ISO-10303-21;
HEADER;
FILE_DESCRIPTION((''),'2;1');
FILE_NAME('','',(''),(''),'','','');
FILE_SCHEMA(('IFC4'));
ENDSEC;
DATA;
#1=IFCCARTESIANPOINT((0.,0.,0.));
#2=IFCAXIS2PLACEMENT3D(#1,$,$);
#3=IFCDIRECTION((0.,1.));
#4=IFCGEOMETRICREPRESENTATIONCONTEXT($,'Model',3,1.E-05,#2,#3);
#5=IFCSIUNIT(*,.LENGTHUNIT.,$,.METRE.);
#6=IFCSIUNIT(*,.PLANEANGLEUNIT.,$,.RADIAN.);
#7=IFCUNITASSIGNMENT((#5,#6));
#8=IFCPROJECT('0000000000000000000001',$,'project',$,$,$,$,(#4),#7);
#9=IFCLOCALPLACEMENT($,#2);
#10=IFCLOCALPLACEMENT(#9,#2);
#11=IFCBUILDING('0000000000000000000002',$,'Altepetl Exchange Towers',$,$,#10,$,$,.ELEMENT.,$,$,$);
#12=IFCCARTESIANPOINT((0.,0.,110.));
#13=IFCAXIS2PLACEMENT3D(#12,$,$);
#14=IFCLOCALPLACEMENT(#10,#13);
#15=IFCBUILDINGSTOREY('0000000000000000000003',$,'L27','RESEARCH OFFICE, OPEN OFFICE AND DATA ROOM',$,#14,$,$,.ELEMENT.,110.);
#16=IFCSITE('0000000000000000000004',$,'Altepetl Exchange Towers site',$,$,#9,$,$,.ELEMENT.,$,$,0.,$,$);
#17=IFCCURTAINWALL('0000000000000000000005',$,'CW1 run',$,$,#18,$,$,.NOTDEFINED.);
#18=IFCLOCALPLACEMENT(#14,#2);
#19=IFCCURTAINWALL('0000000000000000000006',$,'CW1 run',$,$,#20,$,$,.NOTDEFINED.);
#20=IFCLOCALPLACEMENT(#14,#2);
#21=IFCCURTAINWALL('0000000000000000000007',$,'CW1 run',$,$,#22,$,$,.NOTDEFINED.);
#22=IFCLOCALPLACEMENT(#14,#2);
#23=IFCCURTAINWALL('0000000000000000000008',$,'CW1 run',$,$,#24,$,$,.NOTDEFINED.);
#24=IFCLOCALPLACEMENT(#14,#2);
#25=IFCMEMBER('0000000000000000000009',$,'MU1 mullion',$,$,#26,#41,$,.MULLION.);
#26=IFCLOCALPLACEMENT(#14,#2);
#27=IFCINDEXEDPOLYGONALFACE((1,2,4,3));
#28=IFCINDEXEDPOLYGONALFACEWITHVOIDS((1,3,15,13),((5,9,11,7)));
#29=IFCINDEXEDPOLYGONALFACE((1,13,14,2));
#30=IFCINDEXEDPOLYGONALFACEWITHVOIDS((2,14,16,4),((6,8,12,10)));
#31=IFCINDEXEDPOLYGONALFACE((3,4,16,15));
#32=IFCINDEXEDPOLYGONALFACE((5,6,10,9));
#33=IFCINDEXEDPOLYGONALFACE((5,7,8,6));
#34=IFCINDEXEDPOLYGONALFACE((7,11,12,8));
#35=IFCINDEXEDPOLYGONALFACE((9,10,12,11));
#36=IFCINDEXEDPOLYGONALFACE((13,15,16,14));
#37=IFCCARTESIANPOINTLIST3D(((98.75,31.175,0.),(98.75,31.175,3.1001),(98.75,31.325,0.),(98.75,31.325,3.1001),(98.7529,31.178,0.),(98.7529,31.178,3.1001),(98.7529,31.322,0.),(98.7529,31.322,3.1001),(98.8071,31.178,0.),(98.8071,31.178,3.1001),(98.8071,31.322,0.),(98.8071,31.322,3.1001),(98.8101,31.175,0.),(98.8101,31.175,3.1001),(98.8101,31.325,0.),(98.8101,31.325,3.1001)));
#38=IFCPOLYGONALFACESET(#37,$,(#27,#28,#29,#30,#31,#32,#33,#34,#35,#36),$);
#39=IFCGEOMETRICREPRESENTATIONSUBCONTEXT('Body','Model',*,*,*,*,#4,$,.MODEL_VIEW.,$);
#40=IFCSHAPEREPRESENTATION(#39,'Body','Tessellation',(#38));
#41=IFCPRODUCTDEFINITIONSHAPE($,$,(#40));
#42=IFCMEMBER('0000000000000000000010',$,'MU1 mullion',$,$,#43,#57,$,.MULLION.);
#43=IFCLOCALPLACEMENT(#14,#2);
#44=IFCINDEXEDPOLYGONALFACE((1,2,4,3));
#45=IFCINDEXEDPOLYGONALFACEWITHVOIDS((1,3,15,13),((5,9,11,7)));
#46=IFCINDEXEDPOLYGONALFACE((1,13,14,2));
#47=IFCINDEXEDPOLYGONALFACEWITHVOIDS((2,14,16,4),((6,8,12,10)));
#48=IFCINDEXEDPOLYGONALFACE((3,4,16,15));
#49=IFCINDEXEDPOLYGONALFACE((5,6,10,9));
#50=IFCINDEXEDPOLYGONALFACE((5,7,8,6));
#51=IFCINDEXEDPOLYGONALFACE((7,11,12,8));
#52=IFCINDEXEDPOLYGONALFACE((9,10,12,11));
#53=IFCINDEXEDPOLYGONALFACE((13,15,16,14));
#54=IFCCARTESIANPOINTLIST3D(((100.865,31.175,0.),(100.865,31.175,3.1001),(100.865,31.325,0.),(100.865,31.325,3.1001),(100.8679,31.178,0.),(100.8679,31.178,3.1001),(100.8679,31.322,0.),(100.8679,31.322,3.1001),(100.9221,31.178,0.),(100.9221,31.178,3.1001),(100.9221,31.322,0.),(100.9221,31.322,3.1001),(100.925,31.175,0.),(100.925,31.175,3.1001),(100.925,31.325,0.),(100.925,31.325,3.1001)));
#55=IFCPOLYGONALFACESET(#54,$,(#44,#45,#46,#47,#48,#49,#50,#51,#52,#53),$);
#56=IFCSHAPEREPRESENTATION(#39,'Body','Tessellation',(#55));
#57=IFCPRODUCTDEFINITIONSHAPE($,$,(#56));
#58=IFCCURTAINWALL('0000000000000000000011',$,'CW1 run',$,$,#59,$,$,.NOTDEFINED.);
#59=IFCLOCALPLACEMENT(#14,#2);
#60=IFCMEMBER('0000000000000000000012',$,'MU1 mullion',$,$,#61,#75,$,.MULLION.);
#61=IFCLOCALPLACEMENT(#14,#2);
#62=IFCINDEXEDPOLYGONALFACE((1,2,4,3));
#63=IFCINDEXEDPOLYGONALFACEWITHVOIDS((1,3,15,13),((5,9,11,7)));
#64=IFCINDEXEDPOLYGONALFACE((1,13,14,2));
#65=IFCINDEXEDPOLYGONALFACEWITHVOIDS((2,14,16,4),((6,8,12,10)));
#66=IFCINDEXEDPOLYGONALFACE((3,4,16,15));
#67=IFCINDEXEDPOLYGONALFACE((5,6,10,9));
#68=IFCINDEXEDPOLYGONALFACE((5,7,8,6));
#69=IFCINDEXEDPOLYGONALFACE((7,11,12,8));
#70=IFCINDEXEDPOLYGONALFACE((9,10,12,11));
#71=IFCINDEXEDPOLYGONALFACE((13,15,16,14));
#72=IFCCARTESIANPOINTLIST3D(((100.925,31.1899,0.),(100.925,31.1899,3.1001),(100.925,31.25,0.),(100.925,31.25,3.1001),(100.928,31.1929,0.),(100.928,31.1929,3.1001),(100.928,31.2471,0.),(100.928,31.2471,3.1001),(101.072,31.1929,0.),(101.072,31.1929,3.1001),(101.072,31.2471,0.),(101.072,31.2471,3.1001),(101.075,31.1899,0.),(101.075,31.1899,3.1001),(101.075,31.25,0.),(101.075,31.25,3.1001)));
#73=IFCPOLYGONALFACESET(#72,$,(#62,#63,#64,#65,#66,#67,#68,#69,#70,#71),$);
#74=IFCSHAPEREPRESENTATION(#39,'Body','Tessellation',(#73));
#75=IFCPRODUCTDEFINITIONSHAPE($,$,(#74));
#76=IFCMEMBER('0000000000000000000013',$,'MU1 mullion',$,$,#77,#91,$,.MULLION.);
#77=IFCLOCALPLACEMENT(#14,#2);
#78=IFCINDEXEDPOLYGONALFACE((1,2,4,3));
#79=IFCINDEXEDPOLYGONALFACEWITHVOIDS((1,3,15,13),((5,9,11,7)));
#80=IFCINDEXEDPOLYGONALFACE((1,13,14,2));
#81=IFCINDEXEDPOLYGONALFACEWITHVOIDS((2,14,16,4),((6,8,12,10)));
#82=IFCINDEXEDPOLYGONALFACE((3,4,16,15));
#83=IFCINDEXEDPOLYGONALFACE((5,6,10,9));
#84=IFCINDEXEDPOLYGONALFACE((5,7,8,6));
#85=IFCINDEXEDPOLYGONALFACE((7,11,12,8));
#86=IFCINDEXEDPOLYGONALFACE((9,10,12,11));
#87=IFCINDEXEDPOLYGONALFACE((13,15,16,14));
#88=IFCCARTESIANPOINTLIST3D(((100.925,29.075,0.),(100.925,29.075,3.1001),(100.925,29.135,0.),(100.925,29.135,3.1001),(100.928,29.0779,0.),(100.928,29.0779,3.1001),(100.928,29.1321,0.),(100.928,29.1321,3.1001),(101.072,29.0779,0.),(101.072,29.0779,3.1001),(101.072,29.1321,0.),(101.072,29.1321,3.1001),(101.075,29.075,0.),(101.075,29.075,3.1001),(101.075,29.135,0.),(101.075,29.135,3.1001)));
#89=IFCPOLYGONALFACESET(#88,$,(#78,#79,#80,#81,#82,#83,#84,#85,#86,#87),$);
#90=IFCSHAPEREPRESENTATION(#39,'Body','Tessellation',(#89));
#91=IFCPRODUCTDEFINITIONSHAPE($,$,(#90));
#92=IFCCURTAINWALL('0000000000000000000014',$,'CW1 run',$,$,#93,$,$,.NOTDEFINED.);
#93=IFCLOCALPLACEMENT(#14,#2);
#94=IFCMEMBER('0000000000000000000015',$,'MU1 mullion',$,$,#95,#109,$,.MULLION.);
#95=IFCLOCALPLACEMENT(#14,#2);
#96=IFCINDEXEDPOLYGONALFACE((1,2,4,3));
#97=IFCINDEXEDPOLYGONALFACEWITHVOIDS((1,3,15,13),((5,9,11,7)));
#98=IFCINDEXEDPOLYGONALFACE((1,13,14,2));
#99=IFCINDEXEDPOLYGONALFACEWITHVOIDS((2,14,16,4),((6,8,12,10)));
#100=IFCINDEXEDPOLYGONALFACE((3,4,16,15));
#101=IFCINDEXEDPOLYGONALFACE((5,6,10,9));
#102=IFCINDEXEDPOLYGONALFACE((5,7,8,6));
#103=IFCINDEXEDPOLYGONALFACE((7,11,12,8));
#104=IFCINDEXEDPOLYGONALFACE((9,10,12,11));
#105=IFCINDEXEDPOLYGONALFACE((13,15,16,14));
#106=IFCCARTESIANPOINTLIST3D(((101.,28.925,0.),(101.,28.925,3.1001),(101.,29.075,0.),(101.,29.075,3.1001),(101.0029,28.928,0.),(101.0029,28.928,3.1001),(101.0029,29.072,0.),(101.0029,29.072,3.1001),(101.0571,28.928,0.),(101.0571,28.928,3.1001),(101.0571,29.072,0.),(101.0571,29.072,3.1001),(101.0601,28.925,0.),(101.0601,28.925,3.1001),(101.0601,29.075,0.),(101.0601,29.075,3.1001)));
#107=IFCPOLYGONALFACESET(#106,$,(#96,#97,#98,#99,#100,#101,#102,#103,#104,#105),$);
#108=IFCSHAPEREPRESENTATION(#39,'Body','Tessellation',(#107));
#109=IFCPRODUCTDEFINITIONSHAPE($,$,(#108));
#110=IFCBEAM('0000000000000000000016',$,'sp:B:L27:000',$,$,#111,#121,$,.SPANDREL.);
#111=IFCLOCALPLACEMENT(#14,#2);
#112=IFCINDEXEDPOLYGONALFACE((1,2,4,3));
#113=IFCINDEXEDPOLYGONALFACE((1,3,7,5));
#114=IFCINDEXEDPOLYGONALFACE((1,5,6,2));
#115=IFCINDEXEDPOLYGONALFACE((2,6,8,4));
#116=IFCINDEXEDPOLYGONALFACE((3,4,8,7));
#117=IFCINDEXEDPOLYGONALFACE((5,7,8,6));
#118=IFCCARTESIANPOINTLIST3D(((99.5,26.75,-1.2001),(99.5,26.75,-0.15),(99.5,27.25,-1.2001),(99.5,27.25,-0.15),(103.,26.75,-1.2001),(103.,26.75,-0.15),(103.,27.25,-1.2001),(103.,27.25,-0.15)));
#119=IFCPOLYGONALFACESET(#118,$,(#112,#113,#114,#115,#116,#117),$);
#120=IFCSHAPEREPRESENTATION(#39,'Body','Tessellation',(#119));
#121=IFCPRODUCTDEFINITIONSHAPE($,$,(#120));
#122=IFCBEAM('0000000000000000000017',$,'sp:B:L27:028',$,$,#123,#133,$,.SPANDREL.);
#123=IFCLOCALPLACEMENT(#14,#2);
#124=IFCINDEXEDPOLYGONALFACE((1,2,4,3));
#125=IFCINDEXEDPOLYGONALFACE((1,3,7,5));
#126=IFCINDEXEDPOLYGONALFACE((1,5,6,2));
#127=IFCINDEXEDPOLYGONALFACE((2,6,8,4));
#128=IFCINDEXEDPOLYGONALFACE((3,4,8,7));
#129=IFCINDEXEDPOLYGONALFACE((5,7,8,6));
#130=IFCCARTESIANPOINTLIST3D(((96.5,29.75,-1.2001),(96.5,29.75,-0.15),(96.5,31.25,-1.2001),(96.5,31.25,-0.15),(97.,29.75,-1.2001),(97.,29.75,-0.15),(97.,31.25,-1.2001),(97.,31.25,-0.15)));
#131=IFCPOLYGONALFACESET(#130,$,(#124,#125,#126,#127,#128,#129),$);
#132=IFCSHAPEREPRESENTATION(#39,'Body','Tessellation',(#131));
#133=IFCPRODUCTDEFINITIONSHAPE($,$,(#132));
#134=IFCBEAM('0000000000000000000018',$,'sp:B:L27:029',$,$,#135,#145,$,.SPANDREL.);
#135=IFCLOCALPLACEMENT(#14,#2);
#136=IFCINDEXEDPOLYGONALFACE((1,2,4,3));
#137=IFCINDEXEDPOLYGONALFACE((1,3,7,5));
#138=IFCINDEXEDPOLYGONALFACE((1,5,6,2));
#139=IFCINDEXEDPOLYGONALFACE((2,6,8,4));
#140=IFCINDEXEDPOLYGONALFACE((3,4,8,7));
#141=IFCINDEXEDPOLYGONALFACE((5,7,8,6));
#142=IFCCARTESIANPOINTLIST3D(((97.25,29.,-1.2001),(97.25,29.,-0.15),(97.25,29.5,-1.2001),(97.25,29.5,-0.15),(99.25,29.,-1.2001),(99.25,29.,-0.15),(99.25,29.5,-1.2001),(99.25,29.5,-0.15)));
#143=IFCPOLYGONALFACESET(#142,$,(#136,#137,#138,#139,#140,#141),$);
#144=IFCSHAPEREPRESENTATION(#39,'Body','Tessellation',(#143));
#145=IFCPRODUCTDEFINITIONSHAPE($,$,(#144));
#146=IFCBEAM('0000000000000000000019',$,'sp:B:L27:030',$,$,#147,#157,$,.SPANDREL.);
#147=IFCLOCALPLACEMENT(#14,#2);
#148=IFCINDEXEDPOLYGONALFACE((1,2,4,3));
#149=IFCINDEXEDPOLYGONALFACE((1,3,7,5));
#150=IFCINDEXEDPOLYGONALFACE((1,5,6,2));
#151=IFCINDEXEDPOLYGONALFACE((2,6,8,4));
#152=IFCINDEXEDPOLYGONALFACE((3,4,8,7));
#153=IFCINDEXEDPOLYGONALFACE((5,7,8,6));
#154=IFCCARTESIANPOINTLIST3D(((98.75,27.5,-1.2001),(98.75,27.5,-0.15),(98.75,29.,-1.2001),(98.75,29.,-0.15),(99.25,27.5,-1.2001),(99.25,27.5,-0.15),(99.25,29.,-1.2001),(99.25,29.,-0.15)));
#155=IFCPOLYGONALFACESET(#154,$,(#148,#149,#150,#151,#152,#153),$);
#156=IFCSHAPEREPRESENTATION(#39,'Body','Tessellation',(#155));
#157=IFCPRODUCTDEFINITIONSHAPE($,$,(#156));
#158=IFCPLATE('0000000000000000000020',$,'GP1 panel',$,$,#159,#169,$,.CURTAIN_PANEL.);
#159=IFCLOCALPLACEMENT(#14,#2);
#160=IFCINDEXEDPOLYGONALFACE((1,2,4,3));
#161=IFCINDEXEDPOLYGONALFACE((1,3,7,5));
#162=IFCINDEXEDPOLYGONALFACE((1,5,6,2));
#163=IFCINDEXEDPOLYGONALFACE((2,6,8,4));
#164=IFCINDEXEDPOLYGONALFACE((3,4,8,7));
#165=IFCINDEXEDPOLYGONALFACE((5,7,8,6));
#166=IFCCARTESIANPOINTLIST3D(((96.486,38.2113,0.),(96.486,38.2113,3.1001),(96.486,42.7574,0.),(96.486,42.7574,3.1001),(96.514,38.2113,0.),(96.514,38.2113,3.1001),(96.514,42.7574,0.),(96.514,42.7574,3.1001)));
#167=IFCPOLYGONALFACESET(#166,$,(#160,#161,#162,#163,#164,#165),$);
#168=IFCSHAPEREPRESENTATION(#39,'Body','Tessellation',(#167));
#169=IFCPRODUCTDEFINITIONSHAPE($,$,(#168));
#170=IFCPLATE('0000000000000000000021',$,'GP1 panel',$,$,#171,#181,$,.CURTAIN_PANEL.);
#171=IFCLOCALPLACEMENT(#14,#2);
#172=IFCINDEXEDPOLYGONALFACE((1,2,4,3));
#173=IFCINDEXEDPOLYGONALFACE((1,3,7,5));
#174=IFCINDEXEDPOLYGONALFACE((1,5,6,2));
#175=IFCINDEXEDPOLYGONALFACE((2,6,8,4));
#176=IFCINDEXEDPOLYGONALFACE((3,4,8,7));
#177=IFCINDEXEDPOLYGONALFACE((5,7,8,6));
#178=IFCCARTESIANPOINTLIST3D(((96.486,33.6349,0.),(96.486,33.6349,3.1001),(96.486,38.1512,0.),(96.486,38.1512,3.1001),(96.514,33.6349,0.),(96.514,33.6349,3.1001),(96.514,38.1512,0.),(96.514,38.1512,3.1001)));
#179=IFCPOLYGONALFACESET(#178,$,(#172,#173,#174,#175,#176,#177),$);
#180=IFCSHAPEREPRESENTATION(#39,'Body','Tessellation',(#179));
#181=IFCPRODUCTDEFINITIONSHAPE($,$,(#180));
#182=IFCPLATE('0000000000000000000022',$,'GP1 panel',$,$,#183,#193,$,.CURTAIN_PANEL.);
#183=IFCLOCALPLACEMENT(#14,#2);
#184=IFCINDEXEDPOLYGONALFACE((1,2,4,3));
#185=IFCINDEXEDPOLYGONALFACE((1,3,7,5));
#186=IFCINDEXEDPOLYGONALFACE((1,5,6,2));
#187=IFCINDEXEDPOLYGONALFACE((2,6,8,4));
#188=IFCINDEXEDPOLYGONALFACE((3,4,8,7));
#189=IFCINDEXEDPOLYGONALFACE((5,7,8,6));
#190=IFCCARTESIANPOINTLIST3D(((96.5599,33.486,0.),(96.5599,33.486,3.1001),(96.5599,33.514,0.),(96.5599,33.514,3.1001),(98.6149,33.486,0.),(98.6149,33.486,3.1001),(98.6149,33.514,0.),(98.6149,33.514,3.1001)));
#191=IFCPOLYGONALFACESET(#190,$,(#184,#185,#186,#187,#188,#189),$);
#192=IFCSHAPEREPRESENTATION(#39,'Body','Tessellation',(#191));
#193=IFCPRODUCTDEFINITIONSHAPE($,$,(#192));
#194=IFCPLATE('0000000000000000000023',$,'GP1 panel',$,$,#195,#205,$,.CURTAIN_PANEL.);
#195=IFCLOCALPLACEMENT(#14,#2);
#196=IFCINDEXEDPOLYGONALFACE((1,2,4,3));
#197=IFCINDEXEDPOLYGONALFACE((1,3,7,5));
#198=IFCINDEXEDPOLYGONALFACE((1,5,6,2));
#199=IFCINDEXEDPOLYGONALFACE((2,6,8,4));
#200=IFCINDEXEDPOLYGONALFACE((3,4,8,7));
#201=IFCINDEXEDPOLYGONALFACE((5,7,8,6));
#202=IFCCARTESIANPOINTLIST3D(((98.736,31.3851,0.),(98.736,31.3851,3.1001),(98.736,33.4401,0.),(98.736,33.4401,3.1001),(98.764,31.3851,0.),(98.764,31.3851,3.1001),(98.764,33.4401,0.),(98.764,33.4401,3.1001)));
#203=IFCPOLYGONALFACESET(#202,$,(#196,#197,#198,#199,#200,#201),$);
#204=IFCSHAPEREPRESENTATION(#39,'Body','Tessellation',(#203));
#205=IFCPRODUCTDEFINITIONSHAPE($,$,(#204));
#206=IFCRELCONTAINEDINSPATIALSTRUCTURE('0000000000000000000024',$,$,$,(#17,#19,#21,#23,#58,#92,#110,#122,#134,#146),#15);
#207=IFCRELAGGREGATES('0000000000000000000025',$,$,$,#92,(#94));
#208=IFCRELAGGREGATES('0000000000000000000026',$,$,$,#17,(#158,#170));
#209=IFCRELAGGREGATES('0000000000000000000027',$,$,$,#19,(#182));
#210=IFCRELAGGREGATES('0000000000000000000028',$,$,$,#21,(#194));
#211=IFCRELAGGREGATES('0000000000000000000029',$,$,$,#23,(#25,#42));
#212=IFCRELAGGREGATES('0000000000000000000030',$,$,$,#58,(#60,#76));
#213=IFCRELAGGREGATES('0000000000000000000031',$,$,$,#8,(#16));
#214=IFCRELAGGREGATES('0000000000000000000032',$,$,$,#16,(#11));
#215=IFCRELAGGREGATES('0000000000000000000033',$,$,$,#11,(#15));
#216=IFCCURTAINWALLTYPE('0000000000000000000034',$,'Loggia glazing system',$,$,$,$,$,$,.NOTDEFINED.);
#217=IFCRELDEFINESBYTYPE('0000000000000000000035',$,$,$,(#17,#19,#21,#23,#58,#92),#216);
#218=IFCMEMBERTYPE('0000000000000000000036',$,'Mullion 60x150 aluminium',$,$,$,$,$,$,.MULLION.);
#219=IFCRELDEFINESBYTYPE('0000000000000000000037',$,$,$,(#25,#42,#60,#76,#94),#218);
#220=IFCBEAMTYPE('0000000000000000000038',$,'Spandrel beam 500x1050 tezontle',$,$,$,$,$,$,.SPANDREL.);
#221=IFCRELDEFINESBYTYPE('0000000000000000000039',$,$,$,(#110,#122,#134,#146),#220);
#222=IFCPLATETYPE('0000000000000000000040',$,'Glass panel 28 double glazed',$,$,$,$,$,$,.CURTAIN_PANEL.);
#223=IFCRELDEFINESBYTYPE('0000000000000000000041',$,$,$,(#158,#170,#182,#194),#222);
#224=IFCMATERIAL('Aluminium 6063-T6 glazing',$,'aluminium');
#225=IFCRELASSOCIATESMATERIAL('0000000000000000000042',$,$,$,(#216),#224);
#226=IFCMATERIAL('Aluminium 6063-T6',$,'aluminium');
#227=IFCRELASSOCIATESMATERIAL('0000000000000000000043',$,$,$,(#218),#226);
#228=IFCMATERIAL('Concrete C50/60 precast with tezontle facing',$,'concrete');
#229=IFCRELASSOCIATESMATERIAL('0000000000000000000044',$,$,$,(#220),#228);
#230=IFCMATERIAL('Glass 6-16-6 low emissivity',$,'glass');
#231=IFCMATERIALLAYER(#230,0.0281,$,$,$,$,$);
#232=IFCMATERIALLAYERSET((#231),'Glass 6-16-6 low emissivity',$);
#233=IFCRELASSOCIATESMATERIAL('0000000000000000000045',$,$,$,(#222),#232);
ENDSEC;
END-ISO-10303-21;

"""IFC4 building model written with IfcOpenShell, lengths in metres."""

from ifc_helpers import new_model, si_unit, direction, frame, origin, origin_2d, place, context, subcontext, project, spatial, rectangle, hollow_rectangle, extrude, material, layer, layer_set, material_profile, profile_set, type_object, element, aggregate, save


model = new_model("IFC4")

# Units and contexts
model_context = context("Model", 3, precision=1e-05, world=origin(), true_north=direction((0.0, 1.0)))
body_context = subcontext(model_context, "Body", "Model", "MODEL_VIEW")
ifc_project = project(units=[si_unit("LENGTHUNIT", "METRE"), si_unit("PLANEANGLEUNIT", "RADIAN")], contexts=[model_context])

# Site, building, storey
site_placement = place(None, origin())
site = spatial("IfcSite", under=ifc_project, at=site_placement, Name="Altepetl Exchange Towers site", CompositionType="ELEMENT", RefElevation=0.0)
building_placement = place(site_placement, origin())
building = spatial("IfcBuilding", under=site, at=building_placement, Name="Altepetl Exchange Towers", CompositionType="ELEMENT")
storey_placement = place(building_placement, frame((0.0, 0.0, 110.0)))
storey = spatial("IfcBuildingStorey", under=building, at=storey_placement, Name="L27", Description="RESEARCH OFFICE, OPEN OFFICE AND DATA ROOM", CompositionType="ELEMENT", Elevation=110.0)

# Curtain walls, members
ifc_material_1 = material(Name="Aluminium 6063-T6 glazing", Category="aluminium")
curtain_wall_type = type_object("IfcCurtainWallType", Name="Loggia glazing system", PredefinedType="NOTDEFINED", material=ifc_material_1)
curtain_wall_1_placement = place(storey_placement, origin())
curtain_wall_1 = element("IfcCurtainWall", 1, at=curtain_wall_1_placement, inside=storey, type_object=curtain_wall_type, Name="CW1 run", PredefinedType="NOTDEFINED")
ifc_material_2 = material(Name="Aluminium 6063-T6", Category="aluminium")
ifc_material_profile_1 = material_profile(ifc_material_2, hollow_rectangle(XDim=0.0601, YDim=0.1499, WallThickness=0.0029, at=origin_2d()), Name="Mullion 60x150 aluminium")
ifc_profile_set_1 = profile_set([ifc_material_profile_1], Name="Aluminium 6063-T6")
member_type = type_object("IfcMemberType", Name="Mullion 60x150 aluminium", PredefinedType="MULLION", material=ifc_profile_set_1)
curtain_wall_2_placement = place(storey_placement, origin())
curtain_wall_2 = element("IfcCurtainWall", 2, at=curtain_wall_2_placement, inside=storey, type_object=curtain_wall_type, Name="CW1 run", PredefinedType="NOTDEFINED")
curtain_wall_3_placement = place(storey_placement, origin())
curtain_wall_3 = element("IfcCurtainWall", 3, at=curtain_wall_3_placement, inside=storey, type_object=curtain_wall_type, Name="CW1 run", PredefinedType="NOTDEFINED")
curtain_wall_4_placement = place(storey_placement, origin())
curtain_wall_4 = element("IfcCurtainWall", 4, at=curtain_wall_4_placement, inside=storey, type_object=curtain_wall_type, Name="CW1 run", PredefinedType="NOTDEFINED")
member_1_placement = place(storey_placement, frame((98.78, 31.25, 0.0)))
member_1 = element("IfcMember", 5, at=member_1_placement, type_object=member_type, Name="MU1 mullion", PredefinedType="MULLION", context=body_context, shape_type="SweptSolid", body=[
    extrude(hollow_rectangle(XDim=0.0601, YDim=0.1499, WallThickness=0.0029, at=origin_2d()), origin(), (0.0, 0.0, 1.0), 3.1001),
])
member_2_placement = place(storey_placement, frame((100.895, 31.25, 0.0)))
member_2 = element("IfcMember", 6, at=member_2_placement, type_object=member_type, Name="MU1 mullion", PredefinedType="MULLION", context=body_context, shape_type="SweptSolid", body=[
    extrude(hollow_rectangle(XDim=0.0601, YDim=0.1499, WallThickness=0.0029, at=origin_2d()), origin(), (0.0, 0.0, 1.0), 3.1001),
])
curtain_wall_5_placement = place(storey_placement, origin())
curtain_wall_5 = element("IfcCurtainWall", 7, at=curtain_wall_5_placement, inside=storey, type_object=curtain_wall_type, Name="CW1 run", PredefinedType="NOTDEFINED")
member_3_placement = place(storey_placement, frame((101.0, 31.22, 0.0), z_axis=(0.0, 0.0, 1.0), x_axis=(0.0, -1.0, 0.0)))
member_3 = element("IfcMember", 8, at=member_3_placement, type_object=member_type, Name="MU1 mullion", PredefinedType="MULLION", context=body_context, shape_type="SweptSolid", body=[
    extrude(hollow_rectangle(XDim=0.0601, YDim=0.1499, WallThickness=0.0029, at=origin_2d()), origin(), (0.0, 0.0, 1.0), 3.1001),
])
member_4_placement = place(storey_placement, frame((101.0, 29.105, 0.0), z_axis=(0.0, 0.0, 1.0), x_axis=(0.0, -1.0, 0.0)))
member_4 = element("IfcMember", 9, at=member_4_placement, type_object=member_type, Name="MU1 mullion", PredefinedType="MULLION", context=body_context, shape_type="SweptSolid", body=[
    extrude(hollow_rectangle(XDim=0.0601, YDim=0.1499, WallThickness=0.0029, at=origin_2d()), origin(), (0.0, 0.0, 1.0), 3.1001),
])

# Curtain wall, member
curtain_wall_6_placement = place(storey_placement, origin())
curtain_wall_6 = element("IfcCurtainWall", 10, at=curtain_wall_6_placement, inside=storey, type_object=curtain_wall_type, Name="CW1 run", PredefinedType="NOTDEFINED")
member_5_placement = place(storey_placement, frame((101.03, 29.0, 0.0)))
member_5 = element("IfcMember", 11, at=member_5_placement, type_object=member_type, Name="MU1 mullion", PredefinedType="MULLION", context=body_context, shape_type="SweptSolid", body=[
    extrude(hollow_rectangle(XDim=0.0601, YDim=0.1499, WallThickness=0.0029, at=origin_2d()), origin(), (0.0, 0.0, 1.0), 3.1001),
])
aggregate(curtain_wall_6, [member_5])

# Beams
ifc_material_3 = material(Name="Concrete C50/60 precast with tezontle facing", Category="concrete")
ifc_material_profile_2 = material_profile(ifc_material_3, rectangle(XDim=0.5, YDim=1.05, at=origin_2d()), Name="500 x 1050")
ifc_profile_set_2 = profile_set([ifc_material_profile_2], Name="Concrete C50/60 precast with tezontle facing")
beam_type_1 = type_object("IfcBeamType", Name="Spandrel beam 500x1050 tezontle", PredefinedType="SPANDREL", material=ifc_profile_set_2)
beam_1_placement = place(storey_placement, frame((99.5, 27.0, -0.675), z_axis=(1.0, 0.0, 0.0), x_axis=(0.0, 1.0, 0.0)))
element("IfcBeam", 12, at=beam_1_placement, inside=storey, type_object=beam_type_1, Name="sp:B:L27:000", PredefinedType="SPANDREL", context=body_context, shape_type="SweptSolid", body=[
    extrude(rectangle(XDim=0.5, YDim=1.05, at=origin_2d()), origin(), (0.0, 0.0, 1.0), 3.5),
])
beam_2_placement = place(storey_placement, frame((96.75, 31.25, -0.675), z_axis=(0.0, -1.0, 0.0), x_axis=(1.0, 0.0, 0.0)))
element("IfcBeam", 13, at=beam_2_placement, inside=storey, type_object=beam_type_1, Name="sp:B:L27:028", PredefinedType="SPANDREL", context=body_context, shape_type="SweptSolid", body=[
    extrude(rectangle(XDim=0.5, YDim=1.05, at=origin_2d()), origin(), (0.0, 0.0, 1.0), 1.5),
])
beam_3_placement = place(storey_placement, frame((97.25, 29.25, -0.675), z_axis=(1.0, 0.0, 0.0), x_axis=(0.0, 1.0, 0.0)))
element("IfcBeam", 14, at=beam_3_placement, inside=storey, type_object=beam_type_1, Name="sp:B:L27:029", PredefinedType="SPANDREL", context=body_context, shape_type="SweptSolid", body=[
    extrude(rectangle(XDim=0.5, YDim=1.05, at=origin_2d()), origin(), (0.0, 0.0, 1.0), 2.0),
])
beam_4_placement = place(storey_placement, frame((99.0, 29.0, -0.675), z_axis=(0.0, -1.0, 0.0), x_axis=(1.0, 0.0, 0.0)))
element("IfcBeam", 15, at=beam_4_placement, inside=storey, type_object=beam_type_1, Name="sp:B:L27:030", PredefinedType="SPANDREL", context=body_context, shape_type="SweptSolid", body=[
    extrude(rectangle(XDim=0.5, YDim=1.05, at=origin_2d()), origin(), (0.0, 0.0, 1.0), 1.5),
])

# Plates
ifc_material_4 = material(Name="Glass 6-16-6 low emissivity", Category="glass")
ifc_layer_1 = layer(ifc_material_4, 0.0281)
ifc_layer_set_1 = layer_set([ifc_layer_1], Name="Glass 6-16-6 low emissivity")
plate_type = type_object("IfcPlateType", Name="Glass panel 28 double glazed", PredefinedType="CURTAIN_PANEL", material=ifc_layer_set_1)
plate_1_placement = place(storey_placement, frame((96.5, 40.4844, 0.0), z_axis=(0.0, 0.0, 1.0), x_axis=(0.0, -1.0, 0.0)))
plate_1 = element("IfcPlate", 16, at=plate_1_placement, type_object=plate_type, Name="GP1 panel", PredefinedType="CURTAIN_PANEL", context=body_context, shape_type="SweptSolid", body=[
    extrude(rectangle(XDim=4.5461, YDim=0.0281, at=origin_2d()), origin(), (0.0, 0.0, 1.0), 3.1001),
])
plate_2_placement = place(storey_placement, frame((96.5, 35.8931, 0.0), z_axis=(0.0, 0.0, 1.0), x_axis=(0.0, -1.0, 0.0)))
plate_2 = element("IfcPlate", 17, at=plate_2_placement, type_object=plate_type, Name="GP1 panel", PredefinedType="CURTAIN_PANEL", context=body_context, shape_type="SweptSolid", body=[
    extrude(rectangle(XDim=4.5164, YDim=0.0281, at=origin_2d()), origin(), (0.0, 0.0, 1.0), 3.1001),
])
aggregate(curtain_wall_1, [plate_1, plate_2])
plate_3_placement = place(storey_placement, frame((97.5874, 33.5, 0.0)))
plate_3 = element("IfcPlate", 18, at=plate_3_placement, type_object=plate_type, Name="GP1 panel", PredefinedType="CURTAIN_PANEL", context=body_context, shape_type="SweptSolid", body=[
    extrude(rectangle(XDim=2.0549, YDim=0.0281, at=origin_2d()), origin(), (0.0, 0.0, 1.0), 3.1001),
])
aggregate(curtain_wall_2, [plate_3])
plate_4_placement = place(storey_placement, frame((98.75, 32.4126, 0.0), z_axis=(0.0, 0.0, 1.0), x_axis=(0.0, -1.0, 0.0)))
plate_4 = element("IfcPlate", 19, at=plate_4_placement, type_object=plate_type, Name="GP1 panel", PredefinedType="CURTAIN_PANEL", context=body_context, shape_type="SweptSolid", body=[
    extrude(rectangle(XDim=2.0549, YDim=0.0281, at=origin_2d()), origin(), (0.0, 0.0, 1.0), 3.1001),
])
aggregate(curtain_wall_3, [plate_4])
aggregate(curtain_wall_4, [member_1, member_2])
aggregate(curtain_wall_5, [member_3, member_4])

save(model, "model.ifc")
